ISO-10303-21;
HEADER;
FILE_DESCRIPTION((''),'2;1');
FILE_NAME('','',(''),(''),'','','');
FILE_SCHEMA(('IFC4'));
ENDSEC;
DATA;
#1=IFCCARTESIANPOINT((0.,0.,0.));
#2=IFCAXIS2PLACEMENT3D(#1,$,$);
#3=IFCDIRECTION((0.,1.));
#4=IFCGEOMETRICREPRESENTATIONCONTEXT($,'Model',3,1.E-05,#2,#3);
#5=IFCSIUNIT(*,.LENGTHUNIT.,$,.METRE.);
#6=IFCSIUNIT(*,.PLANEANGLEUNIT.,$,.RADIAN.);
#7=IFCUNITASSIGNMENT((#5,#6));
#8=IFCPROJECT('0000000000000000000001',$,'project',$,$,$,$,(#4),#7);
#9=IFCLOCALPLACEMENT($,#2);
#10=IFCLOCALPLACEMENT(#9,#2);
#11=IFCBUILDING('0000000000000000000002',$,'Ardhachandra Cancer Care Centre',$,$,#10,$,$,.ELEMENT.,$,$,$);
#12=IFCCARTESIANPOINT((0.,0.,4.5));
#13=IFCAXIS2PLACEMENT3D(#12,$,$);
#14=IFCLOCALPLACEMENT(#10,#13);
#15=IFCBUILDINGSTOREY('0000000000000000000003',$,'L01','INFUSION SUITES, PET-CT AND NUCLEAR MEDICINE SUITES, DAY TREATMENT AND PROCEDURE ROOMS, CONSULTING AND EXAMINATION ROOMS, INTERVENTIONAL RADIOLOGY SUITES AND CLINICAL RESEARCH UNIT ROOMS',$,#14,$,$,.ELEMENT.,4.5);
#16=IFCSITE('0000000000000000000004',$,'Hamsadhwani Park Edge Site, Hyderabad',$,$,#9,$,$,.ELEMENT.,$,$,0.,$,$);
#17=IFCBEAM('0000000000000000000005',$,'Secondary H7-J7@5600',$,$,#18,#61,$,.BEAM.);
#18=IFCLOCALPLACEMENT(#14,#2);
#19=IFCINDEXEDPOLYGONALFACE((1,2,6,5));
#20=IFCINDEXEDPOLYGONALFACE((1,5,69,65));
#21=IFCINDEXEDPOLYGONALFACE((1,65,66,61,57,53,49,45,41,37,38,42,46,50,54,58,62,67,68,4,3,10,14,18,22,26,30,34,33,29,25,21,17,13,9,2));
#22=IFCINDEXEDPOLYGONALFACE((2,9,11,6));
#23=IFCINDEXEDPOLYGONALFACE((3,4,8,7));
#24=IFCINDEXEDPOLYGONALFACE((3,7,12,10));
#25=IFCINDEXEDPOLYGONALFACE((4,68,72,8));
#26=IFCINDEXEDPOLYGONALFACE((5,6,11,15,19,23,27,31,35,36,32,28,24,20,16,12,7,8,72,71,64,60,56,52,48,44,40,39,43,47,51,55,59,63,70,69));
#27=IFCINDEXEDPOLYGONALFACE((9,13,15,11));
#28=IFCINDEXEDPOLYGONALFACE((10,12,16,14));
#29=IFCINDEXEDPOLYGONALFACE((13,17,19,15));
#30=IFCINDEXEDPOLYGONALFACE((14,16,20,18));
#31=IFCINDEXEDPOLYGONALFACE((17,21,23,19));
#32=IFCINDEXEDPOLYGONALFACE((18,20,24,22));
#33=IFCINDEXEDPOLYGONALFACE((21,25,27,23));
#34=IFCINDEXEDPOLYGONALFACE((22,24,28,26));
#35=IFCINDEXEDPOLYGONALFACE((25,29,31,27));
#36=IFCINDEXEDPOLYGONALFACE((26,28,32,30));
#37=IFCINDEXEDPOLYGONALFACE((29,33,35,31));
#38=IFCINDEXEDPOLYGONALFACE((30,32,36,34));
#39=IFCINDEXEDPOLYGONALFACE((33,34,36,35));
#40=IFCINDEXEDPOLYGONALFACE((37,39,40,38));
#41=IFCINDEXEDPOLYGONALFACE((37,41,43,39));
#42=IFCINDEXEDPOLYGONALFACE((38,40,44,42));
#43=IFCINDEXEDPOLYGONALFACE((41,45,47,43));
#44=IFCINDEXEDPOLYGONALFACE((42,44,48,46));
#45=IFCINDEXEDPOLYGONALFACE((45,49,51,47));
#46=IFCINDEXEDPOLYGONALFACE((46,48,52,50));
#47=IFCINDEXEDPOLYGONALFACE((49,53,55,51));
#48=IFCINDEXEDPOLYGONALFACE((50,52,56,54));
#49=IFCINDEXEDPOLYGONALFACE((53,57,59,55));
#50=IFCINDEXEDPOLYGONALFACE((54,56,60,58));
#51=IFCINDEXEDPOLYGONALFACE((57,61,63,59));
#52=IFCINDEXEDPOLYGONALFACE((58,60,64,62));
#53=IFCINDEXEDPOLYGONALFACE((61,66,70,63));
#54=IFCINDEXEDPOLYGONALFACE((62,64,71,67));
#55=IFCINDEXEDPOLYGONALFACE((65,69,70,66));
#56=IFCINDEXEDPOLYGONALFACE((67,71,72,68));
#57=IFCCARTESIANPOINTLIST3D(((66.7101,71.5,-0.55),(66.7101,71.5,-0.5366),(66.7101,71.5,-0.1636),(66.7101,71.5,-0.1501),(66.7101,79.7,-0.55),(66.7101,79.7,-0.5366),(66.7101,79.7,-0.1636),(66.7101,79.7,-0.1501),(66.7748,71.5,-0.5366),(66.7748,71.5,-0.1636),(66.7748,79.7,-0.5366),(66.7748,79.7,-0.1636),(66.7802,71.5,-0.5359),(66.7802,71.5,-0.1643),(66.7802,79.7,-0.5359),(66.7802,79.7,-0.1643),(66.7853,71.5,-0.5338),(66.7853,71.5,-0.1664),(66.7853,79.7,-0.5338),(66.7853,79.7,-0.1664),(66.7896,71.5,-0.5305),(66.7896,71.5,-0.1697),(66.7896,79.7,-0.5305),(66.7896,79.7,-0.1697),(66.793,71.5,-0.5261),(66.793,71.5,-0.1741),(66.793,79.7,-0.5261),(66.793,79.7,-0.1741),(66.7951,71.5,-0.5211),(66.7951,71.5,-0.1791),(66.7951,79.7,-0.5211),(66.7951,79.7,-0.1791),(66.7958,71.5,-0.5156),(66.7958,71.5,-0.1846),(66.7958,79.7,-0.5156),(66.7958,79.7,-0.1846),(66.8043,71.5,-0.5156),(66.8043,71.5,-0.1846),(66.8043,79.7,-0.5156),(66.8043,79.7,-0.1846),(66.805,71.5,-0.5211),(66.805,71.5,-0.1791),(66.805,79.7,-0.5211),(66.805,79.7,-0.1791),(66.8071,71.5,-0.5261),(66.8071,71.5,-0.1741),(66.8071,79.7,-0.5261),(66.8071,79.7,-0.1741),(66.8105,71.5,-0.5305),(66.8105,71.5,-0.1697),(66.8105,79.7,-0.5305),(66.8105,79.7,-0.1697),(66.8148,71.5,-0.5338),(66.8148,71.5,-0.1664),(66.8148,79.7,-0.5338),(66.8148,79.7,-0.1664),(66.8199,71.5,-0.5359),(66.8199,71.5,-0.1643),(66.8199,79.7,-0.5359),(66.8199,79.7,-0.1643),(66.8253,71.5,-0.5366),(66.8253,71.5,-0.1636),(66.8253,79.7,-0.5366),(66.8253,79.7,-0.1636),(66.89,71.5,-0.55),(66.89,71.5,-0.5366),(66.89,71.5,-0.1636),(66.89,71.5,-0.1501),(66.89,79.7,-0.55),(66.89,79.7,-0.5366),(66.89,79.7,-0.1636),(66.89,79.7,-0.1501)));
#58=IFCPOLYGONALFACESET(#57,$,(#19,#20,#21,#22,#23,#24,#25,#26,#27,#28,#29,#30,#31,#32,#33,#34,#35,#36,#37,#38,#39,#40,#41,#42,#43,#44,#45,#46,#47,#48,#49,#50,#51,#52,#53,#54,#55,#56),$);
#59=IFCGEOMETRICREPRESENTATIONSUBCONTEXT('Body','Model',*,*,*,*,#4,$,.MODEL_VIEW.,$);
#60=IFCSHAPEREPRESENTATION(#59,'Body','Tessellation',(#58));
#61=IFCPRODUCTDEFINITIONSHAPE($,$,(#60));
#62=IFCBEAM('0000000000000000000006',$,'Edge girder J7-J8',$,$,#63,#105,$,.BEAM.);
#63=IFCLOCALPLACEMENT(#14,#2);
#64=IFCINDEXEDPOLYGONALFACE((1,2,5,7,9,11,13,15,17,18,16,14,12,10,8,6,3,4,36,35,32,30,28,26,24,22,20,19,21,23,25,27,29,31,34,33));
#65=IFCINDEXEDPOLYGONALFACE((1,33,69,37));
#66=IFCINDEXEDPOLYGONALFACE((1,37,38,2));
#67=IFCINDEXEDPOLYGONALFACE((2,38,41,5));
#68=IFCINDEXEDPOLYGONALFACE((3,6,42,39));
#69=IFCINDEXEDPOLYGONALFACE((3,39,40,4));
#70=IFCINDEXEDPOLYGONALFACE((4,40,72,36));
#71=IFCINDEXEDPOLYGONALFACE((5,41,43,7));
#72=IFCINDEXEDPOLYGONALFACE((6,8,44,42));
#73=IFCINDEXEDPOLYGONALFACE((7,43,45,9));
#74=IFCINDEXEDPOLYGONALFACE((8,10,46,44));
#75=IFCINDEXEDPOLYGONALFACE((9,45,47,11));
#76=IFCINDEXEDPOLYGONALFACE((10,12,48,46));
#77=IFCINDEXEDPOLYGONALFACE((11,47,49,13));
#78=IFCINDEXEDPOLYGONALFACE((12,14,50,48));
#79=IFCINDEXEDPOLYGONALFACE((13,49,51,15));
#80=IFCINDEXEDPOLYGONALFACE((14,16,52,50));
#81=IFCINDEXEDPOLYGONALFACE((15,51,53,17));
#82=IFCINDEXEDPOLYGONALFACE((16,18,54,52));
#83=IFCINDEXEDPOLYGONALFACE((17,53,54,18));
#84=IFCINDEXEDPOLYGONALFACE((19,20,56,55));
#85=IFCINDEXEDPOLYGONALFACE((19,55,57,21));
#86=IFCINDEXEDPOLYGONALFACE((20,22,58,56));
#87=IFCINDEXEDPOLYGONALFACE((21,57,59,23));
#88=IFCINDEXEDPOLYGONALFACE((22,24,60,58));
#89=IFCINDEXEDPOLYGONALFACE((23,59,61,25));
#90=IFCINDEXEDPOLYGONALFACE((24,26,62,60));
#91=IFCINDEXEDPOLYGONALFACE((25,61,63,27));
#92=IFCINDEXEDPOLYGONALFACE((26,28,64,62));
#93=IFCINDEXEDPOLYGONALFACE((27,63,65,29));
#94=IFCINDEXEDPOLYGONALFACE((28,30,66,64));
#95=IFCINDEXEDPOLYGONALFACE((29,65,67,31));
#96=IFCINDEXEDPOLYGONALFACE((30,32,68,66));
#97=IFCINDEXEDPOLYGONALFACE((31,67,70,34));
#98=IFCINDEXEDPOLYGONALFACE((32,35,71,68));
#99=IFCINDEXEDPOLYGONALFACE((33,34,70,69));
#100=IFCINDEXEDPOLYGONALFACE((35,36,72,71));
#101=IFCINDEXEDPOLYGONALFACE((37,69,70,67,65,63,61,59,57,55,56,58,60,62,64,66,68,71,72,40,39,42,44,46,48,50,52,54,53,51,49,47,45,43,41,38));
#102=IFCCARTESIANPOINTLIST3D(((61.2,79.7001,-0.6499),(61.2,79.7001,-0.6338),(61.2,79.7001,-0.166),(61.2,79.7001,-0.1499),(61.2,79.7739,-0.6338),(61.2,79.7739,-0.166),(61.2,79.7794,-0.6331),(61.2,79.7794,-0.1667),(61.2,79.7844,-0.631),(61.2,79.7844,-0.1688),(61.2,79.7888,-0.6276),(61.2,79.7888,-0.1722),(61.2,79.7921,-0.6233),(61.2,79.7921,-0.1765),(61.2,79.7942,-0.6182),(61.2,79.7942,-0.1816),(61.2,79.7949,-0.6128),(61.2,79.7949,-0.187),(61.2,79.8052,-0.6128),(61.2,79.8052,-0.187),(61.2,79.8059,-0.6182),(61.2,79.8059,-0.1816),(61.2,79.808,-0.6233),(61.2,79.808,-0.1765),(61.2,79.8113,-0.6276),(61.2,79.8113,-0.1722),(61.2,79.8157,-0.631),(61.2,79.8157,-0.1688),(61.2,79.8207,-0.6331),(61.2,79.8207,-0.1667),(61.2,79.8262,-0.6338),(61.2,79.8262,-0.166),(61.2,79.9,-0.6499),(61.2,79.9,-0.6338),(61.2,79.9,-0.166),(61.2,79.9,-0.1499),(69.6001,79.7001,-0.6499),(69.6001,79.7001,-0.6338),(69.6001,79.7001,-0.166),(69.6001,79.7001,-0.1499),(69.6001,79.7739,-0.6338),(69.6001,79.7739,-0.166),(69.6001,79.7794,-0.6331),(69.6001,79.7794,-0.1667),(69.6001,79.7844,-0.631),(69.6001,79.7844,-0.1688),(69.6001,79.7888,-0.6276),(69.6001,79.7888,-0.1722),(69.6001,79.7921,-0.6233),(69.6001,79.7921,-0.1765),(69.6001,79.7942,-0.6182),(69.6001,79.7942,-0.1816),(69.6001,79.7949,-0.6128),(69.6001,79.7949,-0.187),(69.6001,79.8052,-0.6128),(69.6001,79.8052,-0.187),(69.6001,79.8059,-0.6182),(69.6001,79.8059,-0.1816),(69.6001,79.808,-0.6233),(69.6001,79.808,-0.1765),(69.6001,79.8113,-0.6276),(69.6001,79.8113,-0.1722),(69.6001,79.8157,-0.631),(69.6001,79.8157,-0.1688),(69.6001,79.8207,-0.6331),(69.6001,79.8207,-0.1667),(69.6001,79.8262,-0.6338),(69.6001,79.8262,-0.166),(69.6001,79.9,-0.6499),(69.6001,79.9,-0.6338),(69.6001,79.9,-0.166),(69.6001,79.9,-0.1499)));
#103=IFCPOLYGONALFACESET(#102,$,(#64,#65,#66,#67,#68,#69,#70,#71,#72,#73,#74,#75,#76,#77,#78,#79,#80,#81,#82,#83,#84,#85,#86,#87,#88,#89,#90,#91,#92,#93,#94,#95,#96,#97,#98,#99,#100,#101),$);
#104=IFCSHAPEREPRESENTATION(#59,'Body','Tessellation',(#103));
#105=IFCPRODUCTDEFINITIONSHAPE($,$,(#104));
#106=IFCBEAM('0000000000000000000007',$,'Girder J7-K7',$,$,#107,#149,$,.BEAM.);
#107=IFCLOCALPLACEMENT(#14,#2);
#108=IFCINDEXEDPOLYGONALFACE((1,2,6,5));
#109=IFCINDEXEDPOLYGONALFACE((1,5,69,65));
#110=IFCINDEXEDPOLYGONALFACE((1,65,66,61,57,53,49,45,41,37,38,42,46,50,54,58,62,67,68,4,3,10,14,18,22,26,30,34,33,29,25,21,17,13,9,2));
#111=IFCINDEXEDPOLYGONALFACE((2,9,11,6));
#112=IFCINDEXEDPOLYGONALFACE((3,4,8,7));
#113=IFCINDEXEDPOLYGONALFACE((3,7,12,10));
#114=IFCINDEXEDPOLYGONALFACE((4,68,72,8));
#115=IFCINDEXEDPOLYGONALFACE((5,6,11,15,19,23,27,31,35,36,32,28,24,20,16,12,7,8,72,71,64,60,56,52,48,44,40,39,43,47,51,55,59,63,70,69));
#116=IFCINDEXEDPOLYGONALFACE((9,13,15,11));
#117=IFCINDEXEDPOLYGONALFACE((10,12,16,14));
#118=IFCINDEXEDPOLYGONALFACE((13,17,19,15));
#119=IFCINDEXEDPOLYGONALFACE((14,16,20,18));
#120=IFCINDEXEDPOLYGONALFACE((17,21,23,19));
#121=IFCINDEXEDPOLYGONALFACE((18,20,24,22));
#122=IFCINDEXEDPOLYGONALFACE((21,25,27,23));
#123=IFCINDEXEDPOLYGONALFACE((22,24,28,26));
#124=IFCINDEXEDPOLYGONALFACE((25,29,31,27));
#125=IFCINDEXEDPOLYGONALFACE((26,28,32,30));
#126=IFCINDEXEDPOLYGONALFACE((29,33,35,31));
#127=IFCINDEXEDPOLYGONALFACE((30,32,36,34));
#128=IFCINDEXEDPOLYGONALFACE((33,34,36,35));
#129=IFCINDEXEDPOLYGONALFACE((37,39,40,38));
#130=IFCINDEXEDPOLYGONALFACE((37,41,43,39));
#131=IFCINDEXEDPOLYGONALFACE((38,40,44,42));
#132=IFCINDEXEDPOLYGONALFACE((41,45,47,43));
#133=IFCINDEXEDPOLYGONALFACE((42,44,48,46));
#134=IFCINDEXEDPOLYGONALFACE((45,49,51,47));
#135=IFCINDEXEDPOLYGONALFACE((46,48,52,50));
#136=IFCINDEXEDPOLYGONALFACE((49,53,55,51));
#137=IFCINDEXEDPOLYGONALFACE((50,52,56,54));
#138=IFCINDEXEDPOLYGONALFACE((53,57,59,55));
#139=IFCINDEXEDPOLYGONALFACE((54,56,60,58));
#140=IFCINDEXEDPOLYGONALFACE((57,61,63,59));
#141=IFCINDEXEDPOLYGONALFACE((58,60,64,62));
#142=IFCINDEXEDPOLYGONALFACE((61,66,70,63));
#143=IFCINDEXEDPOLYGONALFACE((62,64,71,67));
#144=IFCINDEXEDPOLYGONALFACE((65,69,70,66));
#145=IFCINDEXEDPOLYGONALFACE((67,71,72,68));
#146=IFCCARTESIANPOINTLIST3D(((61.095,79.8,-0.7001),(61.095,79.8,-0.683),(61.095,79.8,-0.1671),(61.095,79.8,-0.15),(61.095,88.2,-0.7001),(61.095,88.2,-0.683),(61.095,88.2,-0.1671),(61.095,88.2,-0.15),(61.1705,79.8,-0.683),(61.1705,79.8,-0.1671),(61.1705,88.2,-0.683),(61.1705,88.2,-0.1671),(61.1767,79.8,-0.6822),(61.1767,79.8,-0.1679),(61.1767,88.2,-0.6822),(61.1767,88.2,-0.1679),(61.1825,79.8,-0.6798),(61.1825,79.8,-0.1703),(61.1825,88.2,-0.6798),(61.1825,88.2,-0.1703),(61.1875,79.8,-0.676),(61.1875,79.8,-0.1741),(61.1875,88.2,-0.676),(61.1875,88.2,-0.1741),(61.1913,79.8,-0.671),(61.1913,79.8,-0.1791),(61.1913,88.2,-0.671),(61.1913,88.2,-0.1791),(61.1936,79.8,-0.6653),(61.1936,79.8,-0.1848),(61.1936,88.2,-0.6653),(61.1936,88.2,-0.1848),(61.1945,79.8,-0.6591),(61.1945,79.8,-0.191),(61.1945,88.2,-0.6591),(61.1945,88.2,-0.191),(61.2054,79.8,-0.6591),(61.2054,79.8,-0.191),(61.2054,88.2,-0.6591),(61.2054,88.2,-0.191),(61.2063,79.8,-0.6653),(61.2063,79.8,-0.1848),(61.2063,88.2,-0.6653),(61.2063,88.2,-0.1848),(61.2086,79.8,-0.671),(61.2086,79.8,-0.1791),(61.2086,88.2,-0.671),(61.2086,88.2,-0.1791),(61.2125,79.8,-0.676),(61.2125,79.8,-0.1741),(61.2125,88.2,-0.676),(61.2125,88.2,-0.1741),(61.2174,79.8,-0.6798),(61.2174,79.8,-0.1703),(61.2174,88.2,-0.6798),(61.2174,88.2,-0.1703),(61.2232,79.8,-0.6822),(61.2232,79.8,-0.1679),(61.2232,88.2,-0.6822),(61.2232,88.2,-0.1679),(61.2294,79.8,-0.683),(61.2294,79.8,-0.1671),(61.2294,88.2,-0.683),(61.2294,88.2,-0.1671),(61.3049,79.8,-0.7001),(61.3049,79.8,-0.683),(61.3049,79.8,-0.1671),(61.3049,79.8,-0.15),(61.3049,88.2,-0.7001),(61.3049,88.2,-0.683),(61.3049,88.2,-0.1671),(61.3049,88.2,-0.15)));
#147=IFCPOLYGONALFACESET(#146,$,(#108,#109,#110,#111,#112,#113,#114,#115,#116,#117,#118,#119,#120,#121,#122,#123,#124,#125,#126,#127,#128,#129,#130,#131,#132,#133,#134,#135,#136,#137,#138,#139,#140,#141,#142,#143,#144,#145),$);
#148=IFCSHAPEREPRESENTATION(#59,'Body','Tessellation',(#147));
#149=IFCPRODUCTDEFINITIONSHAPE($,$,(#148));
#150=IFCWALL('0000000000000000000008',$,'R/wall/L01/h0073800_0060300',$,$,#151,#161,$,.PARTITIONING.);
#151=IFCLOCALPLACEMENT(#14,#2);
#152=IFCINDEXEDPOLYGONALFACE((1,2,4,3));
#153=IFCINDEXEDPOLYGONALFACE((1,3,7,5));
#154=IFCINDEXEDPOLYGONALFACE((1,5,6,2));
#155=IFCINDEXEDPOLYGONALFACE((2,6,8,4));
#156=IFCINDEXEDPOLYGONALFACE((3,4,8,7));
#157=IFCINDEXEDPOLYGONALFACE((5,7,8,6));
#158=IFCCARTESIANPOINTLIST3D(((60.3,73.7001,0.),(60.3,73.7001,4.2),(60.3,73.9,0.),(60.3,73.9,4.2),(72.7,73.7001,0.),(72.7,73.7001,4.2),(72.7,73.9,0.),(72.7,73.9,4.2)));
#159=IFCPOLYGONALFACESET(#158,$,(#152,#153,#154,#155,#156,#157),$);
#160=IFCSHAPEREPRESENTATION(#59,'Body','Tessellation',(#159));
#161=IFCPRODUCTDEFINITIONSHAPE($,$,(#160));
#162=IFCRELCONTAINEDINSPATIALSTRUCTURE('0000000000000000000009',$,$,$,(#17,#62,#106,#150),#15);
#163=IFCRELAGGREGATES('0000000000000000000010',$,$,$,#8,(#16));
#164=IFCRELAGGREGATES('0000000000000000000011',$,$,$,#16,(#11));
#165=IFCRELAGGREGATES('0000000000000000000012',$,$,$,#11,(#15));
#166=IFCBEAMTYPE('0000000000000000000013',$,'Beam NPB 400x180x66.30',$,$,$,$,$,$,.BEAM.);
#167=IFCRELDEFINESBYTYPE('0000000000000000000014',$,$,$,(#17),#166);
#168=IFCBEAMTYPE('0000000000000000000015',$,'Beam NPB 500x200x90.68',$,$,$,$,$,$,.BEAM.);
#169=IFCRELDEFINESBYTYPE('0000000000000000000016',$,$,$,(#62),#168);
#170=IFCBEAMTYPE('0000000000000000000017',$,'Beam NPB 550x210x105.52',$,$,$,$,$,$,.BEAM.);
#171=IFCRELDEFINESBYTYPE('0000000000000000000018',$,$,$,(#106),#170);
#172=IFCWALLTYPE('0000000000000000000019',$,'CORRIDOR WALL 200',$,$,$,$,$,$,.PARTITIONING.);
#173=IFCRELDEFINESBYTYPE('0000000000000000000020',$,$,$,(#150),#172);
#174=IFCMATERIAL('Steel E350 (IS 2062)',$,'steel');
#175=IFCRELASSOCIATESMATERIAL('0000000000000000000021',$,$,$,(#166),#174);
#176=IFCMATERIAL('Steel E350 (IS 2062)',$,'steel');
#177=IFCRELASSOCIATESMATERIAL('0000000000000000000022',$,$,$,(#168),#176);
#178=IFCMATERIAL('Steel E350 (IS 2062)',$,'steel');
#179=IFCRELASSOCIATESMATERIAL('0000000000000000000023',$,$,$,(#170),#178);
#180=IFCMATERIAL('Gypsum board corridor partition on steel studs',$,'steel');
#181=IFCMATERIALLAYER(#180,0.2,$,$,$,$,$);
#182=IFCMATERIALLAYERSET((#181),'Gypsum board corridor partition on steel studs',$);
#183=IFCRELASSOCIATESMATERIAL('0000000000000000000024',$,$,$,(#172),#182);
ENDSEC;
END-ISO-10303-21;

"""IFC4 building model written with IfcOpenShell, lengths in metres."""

from ifc_helpers import new_model, si_unit, direction, frame, frame_2d, origin, origin_2d, place, context, subcontext, project, spatial, rectangle, i_section, extrude, material, layer, layer_set, material_profile, profile_set, type_object, element, save


model = new_model("IFC4")

# Units and contexts
model_context = context("Model", 3, precision=1e-05, world=origin(), true_north=direction((0.0, 1.0)))
body_context = subcontext(model_context, "Body", "Model", "MODEL_VIEW")
ifc_project = project(units=[si_unit("LENGTHUNIT", "METRE"), si_unit("PLANEANGLEUNIT", "RADIAN")], contexts=[model_context])

# Site, building, storey
site_placement = place(None, origin())
site = spatial("IfcSite", under=ifc_project, at=site_placement, Name="Hamsadhwani Park Edge Site, Hyderabad", CompositionType="ELEMENT", RefElevation=0.0)
building_placement = place(site_placement, origin())
building = spatial("IfcBuilding", under=site, at=building_placement, Name="Ardhachandra Cancer Care Centre", CompositionType="ELEMENT")
storey_placement = place(building_placement, frame((0.0, 0.0, 4.5)))
storey = spatial("IfcBuildingStorey", under=building, at=storey_placement, Name="L01", Description="INFUSION SUITES, PET-CT AND NUCLEAR MEDICINE SUITES, DAY TREATMENT AND PROCEDURE ROOMS, CONSULTING AND EXAMINATION ROOMS, INTERVENTIONAL RADIOLOGY SUITES AND CLINICAL RESEARCH UNIT ROOMS", CompositionType="ELEMENT", Elevation=4.5)

# Beams
ifc_material_1 = material(Name="Steel E350 (IS 2062)", Category="steel")
ifc_material_profile_1 = material_profile(ifc_material_1, i_section(OverallWidth=0.1799, OverallDepth=0.3999, WebThickness=0.0085, FlangeThickness=0.0134, FilletRadius=0.021, at=origin_2d()), Name="NPB 400x180x66.30")
ifc_profile_set_1 = profile_set([ifc_material_profile_1], Name="Steel E350 (IS 2062)")
beam_type_1 = type_object("IfcBeamType", Name="Beam NPB 400x180x66.30", PredefinedType="BEAM", material=ifc_profile_set_1)
for number, where, z_axis, x_axis, name in (
    (1, (66.8, 71.5, -0.3501), (0.0, 1.0, 0.0), (-1.0, 0.0, 0.0), "Secondary H7-J7@5600"),
):
    element("IfcBeam", number, at=place(storey_placement, frame(where, z_axis=z_axis, x_axis=x_axis)), inside=storey, type_object=beam_type_1, Name=name, PredefinedType="BEAM", context=body_context, shape_type="SweptSolid", body=[
        extrude(i_section(OverallWidth=0.1799, OverallDepth=0.3999, WebThickness=0.0085, FlangeThickness=0.0134, FilletRadius=0.021, at=origin_2d()), origin(), (0.0, 0.0, 1.0), 8.2),
    ])
ifc_material_2 = material(Name="Steel E350 (IS 2062)", Category="steel")
ifc_material_profile_2 = material_profile(ifc_material_2, i_section(OverallWidth=0.2, OverallDepth=0.5, WebThickness=0.0103, FlangeThickness=0.0161, FilletRadius=0.021, at=origin_2d()), Name="NPB 500x200x90.68")
ifc_profile_set_2 = profile_set([ifc_material_profile_2], Name="Steel E350 (IS 2062)")
beam_type_2 = type_object("IfcBeamType", Name="Beam NPB 500x200x90.68", PredefinedType="BEAM", material=ifc_profile_set_2)
beam_1_placement = place(storey_placement, frame((61.2, 79.8, -0.3999), z_axis=(1.0, 0.0, 0.0), x_axis=(0.0, 1.0, 0.0)))
element("IfcBeam", 2, at=beam_1_placement, inside=storey, type_object=beam_type_2, Name="Edge girder J7-J8", PredefinedType="BEAM", context=body_context, shape_type="SweptSolid", body=[
    extrude(i_section(OverallWidth=0.2, OverallDepth=0.5, WebThickness=0.0103, FlangeThickness=0.0161, FilletRadius=0.021, at=origin_2d()), origin(), (0.0, 0.0, 1.0), 8.4001),
])
ifc_material_3 = material(Name="Steel E350 (IS 2062)", Category="steel")
ifc_material_profile_3 = material_profile(ifc_material_3, i_section(OverallWidth=0.21, OverallDepth=0.55, WebThickness=0.011, FlangeThickness=0.0171, FilletRadius=0.0239, at=origin_2d()), Name="NPB 550x210x105.52")
ifc_profile_set_3 = profile_set([ifc_material_profile_3], Name="Steel E350 (IS 2062)")
beam_type_3 = type_object("IfcBeamType", Name="Beam NPB 550x210x105.52", PredefinedType="BEAM", material=ifc_profile_set_3)
beam_2_placement = place(storey_placement, frame((61.2, 79.8, -0.425), z_axis=(0.0, 1.0, 0.0), x_axis=(-1.0, 0.0, 0.0)))
element("IfcBeam", 3, at=beam_2_placement, inside=storey, type_object=beam_type_3, Name="Girder J7-K7", PredefinedType="BEAM", context=body_context, shape_type="SweptSolid", body=[
    extrude(i_section(OverallWidth=0.21, OverallDepth=0.55, WebThickness=0.011, FlangeThickness=0.0171, FilletRadius=0.0239, at=origin_2d()), origin(), (0.0, 0.0, 1.0), 8.3999),
])

# Wall
ifc_material_4 = material(Name="Gypsum board corridor partition on steel studs", Category="steel")
ifc_layer_1 = layer(ifc_material_4, 0.2)
ifc_layer_set_1 = layer_set([ifc_layer_1], Name="Gypsum board corridor partition on steel studs")
wall_type_1 = type_object("IfcWallType", Name="CORRIDOR WALL 200", PredefinedType="PARTITIONING", material=ifc_layer_set_1)
wall_1_placement = place(storey_placement, frame((60.3, 73.8, 0.0), z_axis=(0.0, 0.0, 1.0), x_axis=(1.0, 0.0, 0.0)))
element("IfcWall", 4, at=wall_1_placement, inside=storey, type_object=wall_type_1, Name="R/wall/L01/h0073800_0060300", PredefinedType="PARTITIONING", context=body_context, shape_type="SweptSolid", body=[
    extrude(rectangle(XDim=12.3999, YDim=0.2, at=frame_2d((6.2, 0.0))), origin(), (0.0, 0.0, 1.0), 4.2),
])

save(model, "model.ifc")
